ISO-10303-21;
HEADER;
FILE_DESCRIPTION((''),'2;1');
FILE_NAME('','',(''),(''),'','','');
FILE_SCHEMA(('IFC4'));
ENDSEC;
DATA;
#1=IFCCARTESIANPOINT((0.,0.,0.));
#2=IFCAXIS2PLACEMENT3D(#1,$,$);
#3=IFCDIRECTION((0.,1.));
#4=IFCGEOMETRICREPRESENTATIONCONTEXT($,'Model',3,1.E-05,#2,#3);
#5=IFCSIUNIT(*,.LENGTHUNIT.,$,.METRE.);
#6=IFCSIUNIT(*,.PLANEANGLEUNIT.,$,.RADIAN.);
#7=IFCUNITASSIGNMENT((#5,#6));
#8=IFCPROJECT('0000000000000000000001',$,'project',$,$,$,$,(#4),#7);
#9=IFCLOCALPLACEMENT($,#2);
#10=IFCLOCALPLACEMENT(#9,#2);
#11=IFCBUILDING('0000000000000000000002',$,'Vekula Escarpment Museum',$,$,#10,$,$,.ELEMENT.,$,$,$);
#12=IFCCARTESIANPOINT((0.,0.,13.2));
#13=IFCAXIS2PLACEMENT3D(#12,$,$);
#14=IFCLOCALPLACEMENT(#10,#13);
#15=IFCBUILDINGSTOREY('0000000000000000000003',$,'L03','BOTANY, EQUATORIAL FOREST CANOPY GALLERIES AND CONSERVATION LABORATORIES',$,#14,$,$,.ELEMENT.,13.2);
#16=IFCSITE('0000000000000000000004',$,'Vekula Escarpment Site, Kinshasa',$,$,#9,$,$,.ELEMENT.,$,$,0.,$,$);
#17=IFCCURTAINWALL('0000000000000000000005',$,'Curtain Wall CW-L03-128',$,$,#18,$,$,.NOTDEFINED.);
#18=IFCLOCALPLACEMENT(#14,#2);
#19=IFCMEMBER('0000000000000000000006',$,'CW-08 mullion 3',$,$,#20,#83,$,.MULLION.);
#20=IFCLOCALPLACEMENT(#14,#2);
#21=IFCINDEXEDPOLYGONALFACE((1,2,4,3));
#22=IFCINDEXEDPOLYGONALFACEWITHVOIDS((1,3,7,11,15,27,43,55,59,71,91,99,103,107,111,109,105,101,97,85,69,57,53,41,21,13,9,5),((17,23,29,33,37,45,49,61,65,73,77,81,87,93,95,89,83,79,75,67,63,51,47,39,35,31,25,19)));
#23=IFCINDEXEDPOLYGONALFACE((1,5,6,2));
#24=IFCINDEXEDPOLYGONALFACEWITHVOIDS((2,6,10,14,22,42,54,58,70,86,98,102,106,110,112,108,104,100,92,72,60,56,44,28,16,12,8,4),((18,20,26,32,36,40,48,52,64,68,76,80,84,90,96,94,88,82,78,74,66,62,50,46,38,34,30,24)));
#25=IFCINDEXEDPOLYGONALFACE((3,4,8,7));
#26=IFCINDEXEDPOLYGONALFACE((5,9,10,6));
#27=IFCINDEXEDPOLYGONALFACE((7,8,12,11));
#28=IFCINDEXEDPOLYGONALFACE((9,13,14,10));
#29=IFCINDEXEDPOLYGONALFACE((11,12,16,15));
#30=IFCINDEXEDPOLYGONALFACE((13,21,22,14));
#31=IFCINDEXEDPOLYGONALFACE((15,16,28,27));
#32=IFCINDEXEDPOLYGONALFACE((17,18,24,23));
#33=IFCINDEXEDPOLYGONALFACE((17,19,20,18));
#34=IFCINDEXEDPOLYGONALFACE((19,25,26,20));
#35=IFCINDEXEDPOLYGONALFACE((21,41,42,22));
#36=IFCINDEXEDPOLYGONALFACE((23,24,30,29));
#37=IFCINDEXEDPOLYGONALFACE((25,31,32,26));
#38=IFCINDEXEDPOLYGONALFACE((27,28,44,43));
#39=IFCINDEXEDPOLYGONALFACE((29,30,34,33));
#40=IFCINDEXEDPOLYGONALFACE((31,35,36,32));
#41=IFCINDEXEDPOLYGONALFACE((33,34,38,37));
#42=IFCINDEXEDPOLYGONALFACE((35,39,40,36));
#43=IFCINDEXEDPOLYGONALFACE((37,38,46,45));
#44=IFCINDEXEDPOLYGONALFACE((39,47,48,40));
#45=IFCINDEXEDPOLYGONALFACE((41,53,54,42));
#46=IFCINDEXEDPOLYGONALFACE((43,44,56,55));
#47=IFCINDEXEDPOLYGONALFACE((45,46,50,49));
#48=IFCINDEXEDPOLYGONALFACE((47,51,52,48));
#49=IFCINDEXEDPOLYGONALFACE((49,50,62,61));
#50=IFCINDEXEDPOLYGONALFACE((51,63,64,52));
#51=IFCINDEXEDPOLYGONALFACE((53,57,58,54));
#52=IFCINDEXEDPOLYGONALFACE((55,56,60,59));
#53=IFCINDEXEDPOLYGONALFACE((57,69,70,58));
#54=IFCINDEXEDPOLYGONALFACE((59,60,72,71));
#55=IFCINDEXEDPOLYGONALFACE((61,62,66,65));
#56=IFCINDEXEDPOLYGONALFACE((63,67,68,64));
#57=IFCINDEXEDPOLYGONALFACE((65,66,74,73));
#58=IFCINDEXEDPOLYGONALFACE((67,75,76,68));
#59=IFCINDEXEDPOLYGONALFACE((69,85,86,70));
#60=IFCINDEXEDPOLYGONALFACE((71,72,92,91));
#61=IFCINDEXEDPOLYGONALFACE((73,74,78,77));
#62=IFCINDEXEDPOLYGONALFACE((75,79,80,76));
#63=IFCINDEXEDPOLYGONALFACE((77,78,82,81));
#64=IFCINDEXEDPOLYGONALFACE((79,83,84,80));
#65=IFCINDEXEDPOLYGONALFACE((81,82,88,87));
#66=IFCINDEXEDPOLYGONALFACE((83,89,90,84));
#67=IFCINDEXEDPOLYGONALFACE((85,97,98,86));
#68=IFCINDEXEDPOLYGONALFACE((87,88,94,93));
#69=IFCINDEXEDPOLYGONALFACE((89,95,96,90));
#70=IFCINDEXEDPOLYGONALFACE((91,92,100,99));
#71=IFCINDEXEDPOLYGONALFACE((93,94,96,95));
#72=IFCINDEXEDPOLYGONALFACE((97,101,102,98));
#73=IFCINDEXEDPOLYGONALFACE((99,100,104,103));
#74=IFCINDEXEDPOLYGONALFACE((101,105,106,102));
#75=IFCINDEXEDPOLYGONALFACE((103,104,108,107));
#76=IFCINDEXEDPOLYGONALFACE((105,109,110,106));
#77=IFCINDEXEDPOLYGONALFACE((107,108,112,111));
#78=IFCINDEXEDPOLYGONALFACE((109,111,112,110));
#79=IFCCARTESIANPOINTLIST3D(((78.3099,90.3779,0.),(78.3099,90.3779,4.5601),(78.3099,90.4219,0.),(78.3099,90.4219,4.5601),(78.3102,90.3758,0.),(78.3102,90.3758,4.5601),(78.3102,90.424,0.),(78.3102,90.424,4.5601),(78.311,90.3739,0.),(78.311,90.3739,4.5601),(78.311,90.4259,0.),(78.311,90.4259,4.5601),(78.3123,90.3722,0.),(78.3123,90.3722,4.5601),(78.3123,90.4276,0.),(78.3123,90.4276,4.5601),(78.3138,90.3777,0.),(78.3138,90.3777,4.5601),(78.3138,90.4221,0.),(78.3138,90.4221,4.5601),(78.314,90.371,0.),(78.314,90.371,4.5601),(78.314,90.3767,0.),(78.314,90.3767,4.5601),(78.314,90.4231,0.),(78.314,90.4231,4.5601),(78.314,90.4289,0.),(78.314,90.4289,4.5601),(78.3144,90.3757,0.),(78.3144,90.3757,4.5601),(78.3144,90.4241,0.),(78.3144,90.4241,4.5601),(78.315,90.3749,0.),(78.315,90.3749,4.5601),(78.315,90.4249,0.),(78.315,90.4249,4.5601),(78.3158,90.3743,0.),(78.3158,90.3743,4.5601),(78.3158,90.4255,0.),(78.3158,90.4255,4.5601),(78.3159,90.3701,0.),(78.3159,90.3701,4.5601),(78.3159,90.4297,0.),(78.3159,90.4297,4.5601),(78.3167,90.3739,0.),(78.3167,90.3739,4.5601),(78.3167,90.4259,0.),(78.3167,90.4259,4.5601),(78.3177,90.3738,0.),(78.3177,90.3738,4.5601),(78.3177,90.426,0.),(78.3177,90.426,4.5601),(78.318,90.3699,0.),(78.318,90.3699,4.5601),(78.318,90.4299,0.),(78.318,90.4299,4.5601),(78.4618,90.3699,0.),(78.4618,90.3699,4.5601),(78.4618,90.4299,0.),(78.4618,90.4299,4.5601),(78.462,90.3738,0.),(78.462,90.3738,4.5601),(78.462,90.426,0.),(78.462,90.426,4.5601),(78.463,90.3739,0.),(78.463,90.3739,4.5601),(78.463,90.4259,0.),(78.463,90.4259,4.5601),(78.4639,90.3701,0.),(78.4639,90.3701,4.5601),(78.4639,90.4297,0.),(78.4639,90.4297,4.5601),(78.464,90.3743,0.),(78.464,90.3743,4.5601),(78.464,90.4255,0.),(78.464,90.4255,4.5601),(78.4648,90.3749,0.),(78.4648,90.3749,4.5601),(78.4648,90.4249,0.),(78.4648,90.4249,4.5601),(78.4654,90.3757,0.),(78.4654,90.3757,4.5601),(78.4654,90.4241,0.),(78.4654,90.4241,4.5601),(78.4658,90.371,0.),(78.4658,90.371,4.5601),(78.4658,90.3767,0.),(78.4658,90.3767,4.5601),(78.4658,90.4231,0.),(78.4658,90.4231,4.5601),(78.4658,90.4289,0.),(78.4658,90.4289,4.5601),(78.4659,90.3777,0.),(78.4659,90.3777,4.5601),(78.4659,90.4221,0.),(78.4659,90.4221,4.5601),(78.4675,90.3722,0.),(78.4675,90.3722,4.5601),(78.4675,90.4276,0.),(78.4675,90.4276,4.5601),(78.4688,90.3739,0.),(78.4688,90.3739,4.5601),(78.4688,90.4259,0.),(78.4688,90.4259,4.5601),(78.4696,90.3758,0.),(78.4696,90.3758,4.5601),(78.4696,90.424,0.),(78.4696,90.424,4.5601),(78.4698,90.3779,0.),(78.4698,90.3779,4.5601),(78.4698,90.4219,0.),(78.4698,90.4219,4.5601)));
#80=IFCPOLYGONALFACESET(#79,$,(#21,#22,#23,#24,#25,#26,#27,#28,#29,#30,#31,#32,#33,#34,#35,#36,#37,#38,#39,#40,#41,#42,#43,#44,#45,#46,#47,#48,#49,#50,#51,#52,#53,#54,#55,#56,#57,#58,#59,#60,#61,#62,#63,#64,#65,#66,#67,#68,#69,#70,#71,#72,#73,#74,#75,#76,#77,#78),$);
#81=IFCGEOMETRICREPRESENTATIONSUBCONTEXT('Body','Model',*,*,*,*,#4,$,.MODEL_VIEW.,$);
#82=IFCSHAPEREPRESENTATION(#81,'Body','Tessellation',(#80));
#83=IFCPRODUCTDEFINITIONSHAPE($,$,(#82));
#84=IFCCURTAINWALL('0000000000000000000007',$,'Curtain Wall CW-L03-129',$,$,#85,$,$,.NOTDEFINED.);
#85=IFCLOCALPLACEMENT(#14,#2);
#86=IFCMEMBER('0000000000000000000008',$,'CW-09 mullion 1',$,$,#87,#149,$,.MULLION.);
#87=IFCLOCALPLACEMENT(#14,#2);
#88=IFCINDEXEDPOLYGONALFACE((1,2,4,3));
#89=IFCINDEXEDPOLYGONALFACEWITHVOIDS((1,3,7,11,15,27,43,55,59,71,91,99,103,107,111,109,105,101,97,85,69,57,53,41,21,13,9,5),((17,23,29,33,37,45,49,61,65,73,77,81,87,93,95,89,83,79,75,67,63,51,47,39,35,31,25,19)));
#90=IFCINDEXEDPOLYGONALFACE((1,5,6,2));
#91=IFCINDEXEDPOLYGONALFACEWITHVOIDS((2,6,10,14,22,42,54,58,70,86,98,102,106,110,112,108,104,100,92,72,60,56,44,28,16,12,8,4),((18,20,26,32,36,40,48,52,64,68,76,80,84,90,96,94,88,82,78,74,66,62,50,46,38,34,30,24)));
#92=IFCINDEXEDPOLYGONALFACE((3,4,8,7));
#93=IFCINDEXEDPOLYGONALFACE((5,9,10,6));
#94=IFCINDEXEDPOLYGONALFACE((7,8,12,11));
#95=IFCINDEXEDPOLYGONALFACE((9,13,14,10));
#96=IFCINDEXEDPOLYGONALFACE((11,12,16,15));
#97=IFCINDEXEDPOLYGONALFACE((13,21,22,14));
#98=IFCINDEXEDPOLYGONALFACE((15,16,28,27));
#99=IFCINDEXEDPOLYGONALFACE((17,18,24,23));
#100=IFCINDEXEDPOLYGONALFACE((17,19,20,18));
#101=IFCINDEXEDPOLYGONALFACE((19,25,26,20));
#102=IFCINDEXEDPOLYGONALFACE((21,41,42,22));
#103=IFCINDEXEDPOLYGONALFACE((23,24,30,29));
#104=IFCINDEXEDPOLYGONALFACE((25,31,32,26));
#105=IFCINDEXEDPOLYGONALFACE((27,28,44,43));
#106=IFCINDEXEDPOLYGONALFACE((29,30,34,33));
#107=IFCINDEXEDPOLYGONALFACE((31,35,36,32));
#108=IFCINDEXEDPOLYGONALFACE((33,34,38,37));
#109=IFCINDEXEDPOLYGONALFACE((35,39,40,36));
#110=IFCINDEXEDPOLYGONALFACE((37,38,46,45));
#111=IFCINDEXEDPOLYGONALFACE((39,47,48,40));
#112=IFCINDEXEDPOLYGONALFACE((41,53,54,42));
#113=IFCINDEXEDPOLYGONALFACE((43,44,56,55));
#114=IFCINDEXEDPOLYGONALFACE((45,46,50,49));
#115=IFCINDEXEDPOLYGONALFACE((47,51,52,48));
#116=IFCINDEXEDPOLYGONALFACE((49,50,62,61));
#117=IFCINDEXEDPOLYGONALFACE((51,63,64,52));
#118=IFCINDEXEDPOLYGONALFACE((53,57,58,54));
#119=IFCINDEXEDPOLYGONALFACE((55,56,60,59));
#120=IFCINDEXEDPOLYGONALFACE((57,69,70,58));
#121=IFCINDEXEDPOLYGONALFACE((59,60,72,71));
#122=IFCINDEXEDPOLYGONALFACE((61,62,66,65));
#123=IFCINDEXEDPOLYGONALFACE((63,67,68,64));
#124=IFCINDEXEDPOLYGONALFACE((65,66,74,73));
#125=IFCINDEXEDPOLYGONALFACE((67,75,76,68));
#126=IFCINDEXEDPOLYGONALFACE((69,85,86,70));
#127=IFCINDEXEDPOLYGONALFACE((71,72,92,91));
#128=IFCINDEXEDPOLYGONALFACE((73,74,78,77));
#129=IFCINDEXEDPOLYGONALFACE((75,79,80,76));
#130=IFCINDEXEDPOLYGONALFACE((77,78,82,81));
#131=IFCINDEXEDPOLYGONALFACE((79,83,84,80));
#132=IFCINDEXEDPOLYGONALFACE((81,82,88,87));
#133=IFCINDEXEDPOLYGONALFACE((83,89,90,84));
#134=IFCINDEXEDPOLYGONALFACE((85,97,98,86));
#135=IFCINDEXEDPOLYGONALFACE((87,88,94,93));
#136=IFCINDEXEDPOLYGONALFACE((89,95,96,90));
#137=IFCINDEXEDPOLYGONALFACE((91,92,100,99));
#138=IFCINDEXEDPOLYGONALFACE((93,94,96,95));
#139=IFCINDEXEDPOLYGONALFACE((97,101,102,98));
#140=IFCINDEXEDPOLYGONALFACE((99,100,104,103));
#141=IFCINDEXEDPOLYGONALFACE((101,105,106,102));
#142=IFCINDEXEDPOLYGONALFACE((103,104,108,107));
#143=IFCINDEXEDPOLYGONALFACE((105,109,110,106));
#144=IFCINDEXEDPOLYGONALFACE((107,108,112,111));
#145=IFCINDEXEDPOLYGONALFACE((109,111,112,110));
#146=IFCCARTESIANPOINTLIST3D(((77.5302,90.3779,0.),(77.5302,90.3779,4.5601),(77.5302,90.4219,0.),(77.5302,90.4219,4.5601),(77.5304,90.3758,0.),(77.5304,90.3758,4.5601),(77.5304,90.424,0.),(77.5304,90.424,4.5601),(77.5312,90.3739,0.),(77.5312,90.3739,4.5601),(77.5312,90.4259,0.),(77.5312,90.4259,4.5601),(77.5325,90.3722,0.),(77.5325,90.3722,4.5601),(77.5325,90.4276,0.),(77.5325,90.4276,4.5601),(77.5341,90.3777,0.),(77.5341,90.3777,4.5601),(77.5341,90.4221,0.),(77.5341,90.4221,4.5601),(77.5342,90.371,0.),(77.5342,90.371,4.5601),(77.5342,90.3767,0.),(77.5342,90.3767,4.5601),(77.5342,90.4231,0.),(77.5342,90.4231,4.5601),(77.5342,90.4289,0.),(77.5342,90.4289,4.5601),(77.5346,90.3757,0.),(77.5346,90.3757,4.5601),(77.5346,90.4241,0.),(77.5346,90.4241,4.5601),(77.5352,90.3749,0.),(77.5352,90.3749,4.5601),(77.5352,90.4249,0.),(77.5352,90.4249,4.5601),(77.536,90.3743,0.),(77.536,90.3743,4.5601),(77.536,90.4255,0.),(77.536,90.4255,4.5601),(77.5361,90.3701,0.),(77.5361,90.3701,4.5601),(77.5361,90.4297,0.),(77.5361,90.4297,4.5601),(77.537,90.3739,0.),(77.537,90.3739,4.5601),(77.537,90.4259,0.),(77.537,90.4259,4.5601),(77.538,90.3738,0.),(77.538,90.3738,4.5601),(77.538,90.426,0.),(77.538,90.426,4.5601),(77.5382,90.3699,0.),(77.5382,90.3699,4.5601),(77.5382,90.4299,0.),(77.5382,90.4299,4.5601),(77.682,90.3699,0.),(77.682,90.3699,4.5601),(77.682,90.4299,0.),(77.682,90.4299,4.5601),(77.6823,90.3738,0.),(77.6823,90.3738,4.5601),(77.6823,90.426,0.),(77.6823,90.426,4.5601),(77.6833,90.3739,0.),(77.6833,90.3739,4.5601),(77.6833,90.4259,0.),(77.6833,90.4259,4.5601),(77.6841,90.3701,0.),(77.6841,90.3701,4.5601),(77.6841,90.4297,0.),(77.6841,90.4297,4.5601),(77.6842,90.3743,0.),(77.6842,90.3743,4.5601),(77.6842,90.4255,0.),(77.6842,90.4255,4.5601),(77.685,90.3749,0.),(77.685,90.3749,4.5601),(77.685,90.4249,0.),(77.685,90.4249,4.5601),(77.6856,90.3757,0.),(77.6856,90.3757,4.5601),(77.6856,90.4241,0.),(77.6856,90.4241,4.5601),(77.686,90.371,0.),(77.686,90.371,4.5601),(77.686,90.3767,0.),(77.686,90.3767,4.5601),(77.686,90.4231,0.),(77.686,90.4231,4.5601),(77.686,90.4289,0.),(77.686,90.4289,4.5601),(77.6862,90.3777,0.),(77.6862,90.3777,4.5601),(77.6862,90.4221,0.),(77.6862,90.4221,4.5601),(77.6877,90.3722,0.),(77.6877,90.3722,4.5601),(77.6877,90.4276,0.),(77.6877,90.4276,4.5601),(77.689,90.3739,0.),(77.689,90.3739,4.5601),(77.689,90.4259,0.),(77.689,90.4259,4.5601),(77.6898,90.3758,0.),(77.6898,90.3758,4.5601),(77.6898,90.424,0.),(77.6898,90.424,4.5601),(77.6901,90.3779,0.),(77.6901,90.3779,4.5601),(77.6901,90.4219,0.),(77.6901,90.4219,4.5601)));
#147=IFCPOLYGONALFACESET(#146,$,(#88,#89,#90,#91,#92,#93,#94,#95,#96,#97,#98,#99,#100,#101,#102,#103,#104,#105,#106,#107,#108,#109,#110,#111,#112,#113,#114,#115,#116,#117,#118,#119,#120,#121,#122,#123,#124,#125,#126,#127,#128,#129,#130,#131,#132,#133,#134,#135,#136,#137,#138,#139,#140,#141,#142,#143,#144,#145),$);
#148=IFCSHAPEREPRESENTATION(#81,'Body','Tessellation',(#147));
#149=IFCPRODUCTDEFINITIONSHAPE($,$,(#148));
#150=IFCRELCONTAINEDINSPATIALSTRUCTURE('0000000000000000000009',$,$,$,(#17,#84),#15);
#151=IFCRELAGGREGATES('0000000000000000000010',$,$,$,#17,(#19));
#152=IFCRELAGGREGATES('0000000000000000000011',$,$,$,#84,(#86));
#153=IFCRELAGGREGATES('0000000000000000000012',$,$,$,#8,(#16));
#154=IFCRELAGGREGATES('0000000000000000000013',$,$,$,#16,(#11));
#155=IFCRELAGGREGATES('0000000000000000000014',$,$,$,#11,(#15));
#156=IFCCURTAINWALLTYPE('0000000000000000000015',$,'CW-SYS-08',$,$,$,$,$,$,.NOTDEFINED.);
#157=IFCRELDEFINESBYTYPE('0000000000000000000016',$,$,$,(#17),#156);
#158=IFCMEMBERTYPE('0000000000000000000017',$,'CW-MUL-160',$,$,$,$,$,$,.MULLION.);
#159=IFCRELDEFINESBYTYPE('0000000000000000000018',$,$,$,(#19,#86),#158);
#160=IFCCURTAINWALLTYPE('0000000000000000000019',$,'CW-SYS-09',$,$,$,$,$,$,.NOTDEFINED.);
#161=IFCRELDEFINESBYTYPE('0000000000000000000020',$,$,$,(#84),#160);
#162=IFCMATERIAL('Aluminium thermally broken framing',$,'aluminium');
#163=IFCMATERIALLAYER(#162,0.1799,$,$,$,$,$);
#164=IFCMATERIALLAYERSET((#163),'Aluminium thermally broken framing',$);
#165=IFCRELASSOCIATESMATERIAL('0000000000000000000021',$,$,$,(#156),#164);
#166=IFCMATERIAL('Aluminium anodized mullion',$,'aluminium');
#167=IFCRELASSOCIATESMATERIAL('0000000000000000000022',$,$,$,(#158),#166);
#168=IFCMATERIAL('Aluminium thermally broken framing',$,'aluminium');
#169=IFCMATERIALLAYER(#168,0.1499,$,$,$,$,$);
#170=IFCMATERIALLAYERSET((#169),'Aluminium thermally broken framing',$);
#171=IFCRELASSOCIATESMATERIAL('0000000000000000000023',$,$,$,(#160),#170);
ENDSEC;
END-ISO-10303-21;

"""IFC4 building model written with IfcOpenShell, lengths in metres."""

from ifc_helpers import new_model, si_unit, direction, frame, origin, origin_2d, place, context, subcontext, project, spatial, hollow_rectangle, extrude, material, layer, layer_set, material_profile, profile_set, type_object, element, aggregate, save


model = new_model("IFC4")

# Units and contexts
model_context = context("Model", 3, precision=1e-05, world=origin(), true_north=direction((0.0, 1.0)))
body_context = subcontext(model_context, "Body", "Model", "MODEL_VIEW")
ifc_project = project(units=[si_unit("LENGTHUNIT", "METRE"), si_unit("PLANEANGLEUNIT", "RADIAN")], contexts=[model_context])

# Site, building, storey
site_placement = place(None, origin())
site = spatial("IfcSite", under=ifc_project, at=site_placement, Name="Vekula Escarpment Site, Kinshasa", CompositionType="ELEMENT", RefElevation=0.0)
building_placement = place(site_placement, origin())
building = spatial("IfcBuilding", under=site, at=building_placement, Name="Vekula Escarpment Museum", CompositionType="ELEMENT")
storey_placement = place(building_placement, frame((0.0, 0.0, 13.2)))
storey = spatial("IfcBuildingStorey", under=building, at=storey_placement, Name="L03", Description="BOTANY, EQUATORIAL FOREST CANOPY GALLERIES AND CONSERVATION LABORATORIES", CompositionType="ELEMENT", Elevation=13.2)

# Curtain wall, member
ifc_material_1 = material(Name="Aluminium thermally broken framing", Category="aluminium")
ifc_layer_1 = layer(ifc_material_1, 0.1799)
ifc_layer_set_1 = layer_set([ifc_layer_1], Name="Aluminium thermally broken framing")
curtain_wall_type_1 = type_object("IfcCurtainWallType", Name="CW-SYS-08", PredefinedType="NOTDEFINED", material=ifc_layer_set_1)
curtain_wall_1_placement = place(storey_placement, origin())
curtain_wall_1 = element("IfcCurtainWall", 1, at=curtain_wall_1_placement, inside=storey, type_object=curtain_wall_type_1, Name="Curtain Wall CW-L03-128", PredefinedType="NOTDEFINED")
ifc_material_2 = material(Name="Aluminium anodized mullion", Category="aluminium")
ifc_material_profile_1 = material_profile(ifc_material_2, hollow_rectangle(XDim=0.0601, YDim=0.1599, WallThickness=0.0039, InnerFilletRadius=0.0039, OuterFilletRadius=0.0081, at=origin_2d()), Name="ALU 160x60x4")
ifc_profile_set_1 = profile_set([ifc_material_profile_1], Name="Aluminium anodized mullion")
member_type_1 = type_object("IfcMemberType", Name="CW-MUL-160", PredefinedType="MULLION", material=ifc_profile_set_1)
member_1_placement = place(storey_placement, frame((78.3899, 90.3999, 0.0), z_axis=(0.0, 0.0, 1.0), x_axis=(0.0, -1.0, 0.0)))
member_1 = element("IfcMember", 2, at=member_1_placement, type_object=member_type_1, Name="CW-08 mullion 3", PredefinedType="MULLION", context=body_context, shape_type="SweptSolid", body=[
    extrude(hollow_rectangle(XDim=0.0601, YDim=0.1599, WallThickness=0.0039, InnerFilletRadius=0.0039, OuterFilletRadius=0.0081, at=origin_2d()), origin(), (0.0, 0.0, 1.0), 4.5601),
])

# Curtain wall, member
ifc_material_3 = material(Name="Aluminium thermally broken framing", Category="aluminium")
ifc_layer_2 = layer(ifc_material_3, 0.1499)
ifc_layer_set_2 = layer_set([ifc_layer_2], Name="Aluminium thermally broken framing")
curtain_wall_type_2 = type_object("IfcCurtainWallType", Name="CW-SYS-09", PredefinedType="NOTDEFINED", material=ifc_layer_set_2)
curtain_wall_2_placement = place(storey_placement, origin())
curtain_wall_2 = element("IfcCurtainWall", 3, at=curtain_wall_2_placement, inside=storey, type_object=curtain_wall_type_2, Name="Curtain Wall CW-L03-129", PredefinedType="NOTDEFINED")
member_2_placement = place(storey_placement, frame((77.6101, 90.3999, 0.0), z_axis=(0.0, 0.0, 1.0), x_axis=(0.0, -1.0, 0.0)))
member_2 = element("IfcMember", 4, at=member_2_placement, type_object=member_type_1, Name="CW-09 mullion 1", PredefinedType="MULLION", context=body_context, shape_type="SweptSolid", body=[
    extrude(hollow_rectangle(XDim=0.0601, YDim=0.1599, WallThickness=0.0039, InnerFilletRadius=0.0039, OuterFilletRadius=0.0081, at=origin_2d()), origin(), (0.0, 0.0, 1.0), 4.5601),
])

aggregate(curtain_wall_1, [member_1])
aggregate(curtain_wall_2, [member_2])

save(model, "model.ifc")
